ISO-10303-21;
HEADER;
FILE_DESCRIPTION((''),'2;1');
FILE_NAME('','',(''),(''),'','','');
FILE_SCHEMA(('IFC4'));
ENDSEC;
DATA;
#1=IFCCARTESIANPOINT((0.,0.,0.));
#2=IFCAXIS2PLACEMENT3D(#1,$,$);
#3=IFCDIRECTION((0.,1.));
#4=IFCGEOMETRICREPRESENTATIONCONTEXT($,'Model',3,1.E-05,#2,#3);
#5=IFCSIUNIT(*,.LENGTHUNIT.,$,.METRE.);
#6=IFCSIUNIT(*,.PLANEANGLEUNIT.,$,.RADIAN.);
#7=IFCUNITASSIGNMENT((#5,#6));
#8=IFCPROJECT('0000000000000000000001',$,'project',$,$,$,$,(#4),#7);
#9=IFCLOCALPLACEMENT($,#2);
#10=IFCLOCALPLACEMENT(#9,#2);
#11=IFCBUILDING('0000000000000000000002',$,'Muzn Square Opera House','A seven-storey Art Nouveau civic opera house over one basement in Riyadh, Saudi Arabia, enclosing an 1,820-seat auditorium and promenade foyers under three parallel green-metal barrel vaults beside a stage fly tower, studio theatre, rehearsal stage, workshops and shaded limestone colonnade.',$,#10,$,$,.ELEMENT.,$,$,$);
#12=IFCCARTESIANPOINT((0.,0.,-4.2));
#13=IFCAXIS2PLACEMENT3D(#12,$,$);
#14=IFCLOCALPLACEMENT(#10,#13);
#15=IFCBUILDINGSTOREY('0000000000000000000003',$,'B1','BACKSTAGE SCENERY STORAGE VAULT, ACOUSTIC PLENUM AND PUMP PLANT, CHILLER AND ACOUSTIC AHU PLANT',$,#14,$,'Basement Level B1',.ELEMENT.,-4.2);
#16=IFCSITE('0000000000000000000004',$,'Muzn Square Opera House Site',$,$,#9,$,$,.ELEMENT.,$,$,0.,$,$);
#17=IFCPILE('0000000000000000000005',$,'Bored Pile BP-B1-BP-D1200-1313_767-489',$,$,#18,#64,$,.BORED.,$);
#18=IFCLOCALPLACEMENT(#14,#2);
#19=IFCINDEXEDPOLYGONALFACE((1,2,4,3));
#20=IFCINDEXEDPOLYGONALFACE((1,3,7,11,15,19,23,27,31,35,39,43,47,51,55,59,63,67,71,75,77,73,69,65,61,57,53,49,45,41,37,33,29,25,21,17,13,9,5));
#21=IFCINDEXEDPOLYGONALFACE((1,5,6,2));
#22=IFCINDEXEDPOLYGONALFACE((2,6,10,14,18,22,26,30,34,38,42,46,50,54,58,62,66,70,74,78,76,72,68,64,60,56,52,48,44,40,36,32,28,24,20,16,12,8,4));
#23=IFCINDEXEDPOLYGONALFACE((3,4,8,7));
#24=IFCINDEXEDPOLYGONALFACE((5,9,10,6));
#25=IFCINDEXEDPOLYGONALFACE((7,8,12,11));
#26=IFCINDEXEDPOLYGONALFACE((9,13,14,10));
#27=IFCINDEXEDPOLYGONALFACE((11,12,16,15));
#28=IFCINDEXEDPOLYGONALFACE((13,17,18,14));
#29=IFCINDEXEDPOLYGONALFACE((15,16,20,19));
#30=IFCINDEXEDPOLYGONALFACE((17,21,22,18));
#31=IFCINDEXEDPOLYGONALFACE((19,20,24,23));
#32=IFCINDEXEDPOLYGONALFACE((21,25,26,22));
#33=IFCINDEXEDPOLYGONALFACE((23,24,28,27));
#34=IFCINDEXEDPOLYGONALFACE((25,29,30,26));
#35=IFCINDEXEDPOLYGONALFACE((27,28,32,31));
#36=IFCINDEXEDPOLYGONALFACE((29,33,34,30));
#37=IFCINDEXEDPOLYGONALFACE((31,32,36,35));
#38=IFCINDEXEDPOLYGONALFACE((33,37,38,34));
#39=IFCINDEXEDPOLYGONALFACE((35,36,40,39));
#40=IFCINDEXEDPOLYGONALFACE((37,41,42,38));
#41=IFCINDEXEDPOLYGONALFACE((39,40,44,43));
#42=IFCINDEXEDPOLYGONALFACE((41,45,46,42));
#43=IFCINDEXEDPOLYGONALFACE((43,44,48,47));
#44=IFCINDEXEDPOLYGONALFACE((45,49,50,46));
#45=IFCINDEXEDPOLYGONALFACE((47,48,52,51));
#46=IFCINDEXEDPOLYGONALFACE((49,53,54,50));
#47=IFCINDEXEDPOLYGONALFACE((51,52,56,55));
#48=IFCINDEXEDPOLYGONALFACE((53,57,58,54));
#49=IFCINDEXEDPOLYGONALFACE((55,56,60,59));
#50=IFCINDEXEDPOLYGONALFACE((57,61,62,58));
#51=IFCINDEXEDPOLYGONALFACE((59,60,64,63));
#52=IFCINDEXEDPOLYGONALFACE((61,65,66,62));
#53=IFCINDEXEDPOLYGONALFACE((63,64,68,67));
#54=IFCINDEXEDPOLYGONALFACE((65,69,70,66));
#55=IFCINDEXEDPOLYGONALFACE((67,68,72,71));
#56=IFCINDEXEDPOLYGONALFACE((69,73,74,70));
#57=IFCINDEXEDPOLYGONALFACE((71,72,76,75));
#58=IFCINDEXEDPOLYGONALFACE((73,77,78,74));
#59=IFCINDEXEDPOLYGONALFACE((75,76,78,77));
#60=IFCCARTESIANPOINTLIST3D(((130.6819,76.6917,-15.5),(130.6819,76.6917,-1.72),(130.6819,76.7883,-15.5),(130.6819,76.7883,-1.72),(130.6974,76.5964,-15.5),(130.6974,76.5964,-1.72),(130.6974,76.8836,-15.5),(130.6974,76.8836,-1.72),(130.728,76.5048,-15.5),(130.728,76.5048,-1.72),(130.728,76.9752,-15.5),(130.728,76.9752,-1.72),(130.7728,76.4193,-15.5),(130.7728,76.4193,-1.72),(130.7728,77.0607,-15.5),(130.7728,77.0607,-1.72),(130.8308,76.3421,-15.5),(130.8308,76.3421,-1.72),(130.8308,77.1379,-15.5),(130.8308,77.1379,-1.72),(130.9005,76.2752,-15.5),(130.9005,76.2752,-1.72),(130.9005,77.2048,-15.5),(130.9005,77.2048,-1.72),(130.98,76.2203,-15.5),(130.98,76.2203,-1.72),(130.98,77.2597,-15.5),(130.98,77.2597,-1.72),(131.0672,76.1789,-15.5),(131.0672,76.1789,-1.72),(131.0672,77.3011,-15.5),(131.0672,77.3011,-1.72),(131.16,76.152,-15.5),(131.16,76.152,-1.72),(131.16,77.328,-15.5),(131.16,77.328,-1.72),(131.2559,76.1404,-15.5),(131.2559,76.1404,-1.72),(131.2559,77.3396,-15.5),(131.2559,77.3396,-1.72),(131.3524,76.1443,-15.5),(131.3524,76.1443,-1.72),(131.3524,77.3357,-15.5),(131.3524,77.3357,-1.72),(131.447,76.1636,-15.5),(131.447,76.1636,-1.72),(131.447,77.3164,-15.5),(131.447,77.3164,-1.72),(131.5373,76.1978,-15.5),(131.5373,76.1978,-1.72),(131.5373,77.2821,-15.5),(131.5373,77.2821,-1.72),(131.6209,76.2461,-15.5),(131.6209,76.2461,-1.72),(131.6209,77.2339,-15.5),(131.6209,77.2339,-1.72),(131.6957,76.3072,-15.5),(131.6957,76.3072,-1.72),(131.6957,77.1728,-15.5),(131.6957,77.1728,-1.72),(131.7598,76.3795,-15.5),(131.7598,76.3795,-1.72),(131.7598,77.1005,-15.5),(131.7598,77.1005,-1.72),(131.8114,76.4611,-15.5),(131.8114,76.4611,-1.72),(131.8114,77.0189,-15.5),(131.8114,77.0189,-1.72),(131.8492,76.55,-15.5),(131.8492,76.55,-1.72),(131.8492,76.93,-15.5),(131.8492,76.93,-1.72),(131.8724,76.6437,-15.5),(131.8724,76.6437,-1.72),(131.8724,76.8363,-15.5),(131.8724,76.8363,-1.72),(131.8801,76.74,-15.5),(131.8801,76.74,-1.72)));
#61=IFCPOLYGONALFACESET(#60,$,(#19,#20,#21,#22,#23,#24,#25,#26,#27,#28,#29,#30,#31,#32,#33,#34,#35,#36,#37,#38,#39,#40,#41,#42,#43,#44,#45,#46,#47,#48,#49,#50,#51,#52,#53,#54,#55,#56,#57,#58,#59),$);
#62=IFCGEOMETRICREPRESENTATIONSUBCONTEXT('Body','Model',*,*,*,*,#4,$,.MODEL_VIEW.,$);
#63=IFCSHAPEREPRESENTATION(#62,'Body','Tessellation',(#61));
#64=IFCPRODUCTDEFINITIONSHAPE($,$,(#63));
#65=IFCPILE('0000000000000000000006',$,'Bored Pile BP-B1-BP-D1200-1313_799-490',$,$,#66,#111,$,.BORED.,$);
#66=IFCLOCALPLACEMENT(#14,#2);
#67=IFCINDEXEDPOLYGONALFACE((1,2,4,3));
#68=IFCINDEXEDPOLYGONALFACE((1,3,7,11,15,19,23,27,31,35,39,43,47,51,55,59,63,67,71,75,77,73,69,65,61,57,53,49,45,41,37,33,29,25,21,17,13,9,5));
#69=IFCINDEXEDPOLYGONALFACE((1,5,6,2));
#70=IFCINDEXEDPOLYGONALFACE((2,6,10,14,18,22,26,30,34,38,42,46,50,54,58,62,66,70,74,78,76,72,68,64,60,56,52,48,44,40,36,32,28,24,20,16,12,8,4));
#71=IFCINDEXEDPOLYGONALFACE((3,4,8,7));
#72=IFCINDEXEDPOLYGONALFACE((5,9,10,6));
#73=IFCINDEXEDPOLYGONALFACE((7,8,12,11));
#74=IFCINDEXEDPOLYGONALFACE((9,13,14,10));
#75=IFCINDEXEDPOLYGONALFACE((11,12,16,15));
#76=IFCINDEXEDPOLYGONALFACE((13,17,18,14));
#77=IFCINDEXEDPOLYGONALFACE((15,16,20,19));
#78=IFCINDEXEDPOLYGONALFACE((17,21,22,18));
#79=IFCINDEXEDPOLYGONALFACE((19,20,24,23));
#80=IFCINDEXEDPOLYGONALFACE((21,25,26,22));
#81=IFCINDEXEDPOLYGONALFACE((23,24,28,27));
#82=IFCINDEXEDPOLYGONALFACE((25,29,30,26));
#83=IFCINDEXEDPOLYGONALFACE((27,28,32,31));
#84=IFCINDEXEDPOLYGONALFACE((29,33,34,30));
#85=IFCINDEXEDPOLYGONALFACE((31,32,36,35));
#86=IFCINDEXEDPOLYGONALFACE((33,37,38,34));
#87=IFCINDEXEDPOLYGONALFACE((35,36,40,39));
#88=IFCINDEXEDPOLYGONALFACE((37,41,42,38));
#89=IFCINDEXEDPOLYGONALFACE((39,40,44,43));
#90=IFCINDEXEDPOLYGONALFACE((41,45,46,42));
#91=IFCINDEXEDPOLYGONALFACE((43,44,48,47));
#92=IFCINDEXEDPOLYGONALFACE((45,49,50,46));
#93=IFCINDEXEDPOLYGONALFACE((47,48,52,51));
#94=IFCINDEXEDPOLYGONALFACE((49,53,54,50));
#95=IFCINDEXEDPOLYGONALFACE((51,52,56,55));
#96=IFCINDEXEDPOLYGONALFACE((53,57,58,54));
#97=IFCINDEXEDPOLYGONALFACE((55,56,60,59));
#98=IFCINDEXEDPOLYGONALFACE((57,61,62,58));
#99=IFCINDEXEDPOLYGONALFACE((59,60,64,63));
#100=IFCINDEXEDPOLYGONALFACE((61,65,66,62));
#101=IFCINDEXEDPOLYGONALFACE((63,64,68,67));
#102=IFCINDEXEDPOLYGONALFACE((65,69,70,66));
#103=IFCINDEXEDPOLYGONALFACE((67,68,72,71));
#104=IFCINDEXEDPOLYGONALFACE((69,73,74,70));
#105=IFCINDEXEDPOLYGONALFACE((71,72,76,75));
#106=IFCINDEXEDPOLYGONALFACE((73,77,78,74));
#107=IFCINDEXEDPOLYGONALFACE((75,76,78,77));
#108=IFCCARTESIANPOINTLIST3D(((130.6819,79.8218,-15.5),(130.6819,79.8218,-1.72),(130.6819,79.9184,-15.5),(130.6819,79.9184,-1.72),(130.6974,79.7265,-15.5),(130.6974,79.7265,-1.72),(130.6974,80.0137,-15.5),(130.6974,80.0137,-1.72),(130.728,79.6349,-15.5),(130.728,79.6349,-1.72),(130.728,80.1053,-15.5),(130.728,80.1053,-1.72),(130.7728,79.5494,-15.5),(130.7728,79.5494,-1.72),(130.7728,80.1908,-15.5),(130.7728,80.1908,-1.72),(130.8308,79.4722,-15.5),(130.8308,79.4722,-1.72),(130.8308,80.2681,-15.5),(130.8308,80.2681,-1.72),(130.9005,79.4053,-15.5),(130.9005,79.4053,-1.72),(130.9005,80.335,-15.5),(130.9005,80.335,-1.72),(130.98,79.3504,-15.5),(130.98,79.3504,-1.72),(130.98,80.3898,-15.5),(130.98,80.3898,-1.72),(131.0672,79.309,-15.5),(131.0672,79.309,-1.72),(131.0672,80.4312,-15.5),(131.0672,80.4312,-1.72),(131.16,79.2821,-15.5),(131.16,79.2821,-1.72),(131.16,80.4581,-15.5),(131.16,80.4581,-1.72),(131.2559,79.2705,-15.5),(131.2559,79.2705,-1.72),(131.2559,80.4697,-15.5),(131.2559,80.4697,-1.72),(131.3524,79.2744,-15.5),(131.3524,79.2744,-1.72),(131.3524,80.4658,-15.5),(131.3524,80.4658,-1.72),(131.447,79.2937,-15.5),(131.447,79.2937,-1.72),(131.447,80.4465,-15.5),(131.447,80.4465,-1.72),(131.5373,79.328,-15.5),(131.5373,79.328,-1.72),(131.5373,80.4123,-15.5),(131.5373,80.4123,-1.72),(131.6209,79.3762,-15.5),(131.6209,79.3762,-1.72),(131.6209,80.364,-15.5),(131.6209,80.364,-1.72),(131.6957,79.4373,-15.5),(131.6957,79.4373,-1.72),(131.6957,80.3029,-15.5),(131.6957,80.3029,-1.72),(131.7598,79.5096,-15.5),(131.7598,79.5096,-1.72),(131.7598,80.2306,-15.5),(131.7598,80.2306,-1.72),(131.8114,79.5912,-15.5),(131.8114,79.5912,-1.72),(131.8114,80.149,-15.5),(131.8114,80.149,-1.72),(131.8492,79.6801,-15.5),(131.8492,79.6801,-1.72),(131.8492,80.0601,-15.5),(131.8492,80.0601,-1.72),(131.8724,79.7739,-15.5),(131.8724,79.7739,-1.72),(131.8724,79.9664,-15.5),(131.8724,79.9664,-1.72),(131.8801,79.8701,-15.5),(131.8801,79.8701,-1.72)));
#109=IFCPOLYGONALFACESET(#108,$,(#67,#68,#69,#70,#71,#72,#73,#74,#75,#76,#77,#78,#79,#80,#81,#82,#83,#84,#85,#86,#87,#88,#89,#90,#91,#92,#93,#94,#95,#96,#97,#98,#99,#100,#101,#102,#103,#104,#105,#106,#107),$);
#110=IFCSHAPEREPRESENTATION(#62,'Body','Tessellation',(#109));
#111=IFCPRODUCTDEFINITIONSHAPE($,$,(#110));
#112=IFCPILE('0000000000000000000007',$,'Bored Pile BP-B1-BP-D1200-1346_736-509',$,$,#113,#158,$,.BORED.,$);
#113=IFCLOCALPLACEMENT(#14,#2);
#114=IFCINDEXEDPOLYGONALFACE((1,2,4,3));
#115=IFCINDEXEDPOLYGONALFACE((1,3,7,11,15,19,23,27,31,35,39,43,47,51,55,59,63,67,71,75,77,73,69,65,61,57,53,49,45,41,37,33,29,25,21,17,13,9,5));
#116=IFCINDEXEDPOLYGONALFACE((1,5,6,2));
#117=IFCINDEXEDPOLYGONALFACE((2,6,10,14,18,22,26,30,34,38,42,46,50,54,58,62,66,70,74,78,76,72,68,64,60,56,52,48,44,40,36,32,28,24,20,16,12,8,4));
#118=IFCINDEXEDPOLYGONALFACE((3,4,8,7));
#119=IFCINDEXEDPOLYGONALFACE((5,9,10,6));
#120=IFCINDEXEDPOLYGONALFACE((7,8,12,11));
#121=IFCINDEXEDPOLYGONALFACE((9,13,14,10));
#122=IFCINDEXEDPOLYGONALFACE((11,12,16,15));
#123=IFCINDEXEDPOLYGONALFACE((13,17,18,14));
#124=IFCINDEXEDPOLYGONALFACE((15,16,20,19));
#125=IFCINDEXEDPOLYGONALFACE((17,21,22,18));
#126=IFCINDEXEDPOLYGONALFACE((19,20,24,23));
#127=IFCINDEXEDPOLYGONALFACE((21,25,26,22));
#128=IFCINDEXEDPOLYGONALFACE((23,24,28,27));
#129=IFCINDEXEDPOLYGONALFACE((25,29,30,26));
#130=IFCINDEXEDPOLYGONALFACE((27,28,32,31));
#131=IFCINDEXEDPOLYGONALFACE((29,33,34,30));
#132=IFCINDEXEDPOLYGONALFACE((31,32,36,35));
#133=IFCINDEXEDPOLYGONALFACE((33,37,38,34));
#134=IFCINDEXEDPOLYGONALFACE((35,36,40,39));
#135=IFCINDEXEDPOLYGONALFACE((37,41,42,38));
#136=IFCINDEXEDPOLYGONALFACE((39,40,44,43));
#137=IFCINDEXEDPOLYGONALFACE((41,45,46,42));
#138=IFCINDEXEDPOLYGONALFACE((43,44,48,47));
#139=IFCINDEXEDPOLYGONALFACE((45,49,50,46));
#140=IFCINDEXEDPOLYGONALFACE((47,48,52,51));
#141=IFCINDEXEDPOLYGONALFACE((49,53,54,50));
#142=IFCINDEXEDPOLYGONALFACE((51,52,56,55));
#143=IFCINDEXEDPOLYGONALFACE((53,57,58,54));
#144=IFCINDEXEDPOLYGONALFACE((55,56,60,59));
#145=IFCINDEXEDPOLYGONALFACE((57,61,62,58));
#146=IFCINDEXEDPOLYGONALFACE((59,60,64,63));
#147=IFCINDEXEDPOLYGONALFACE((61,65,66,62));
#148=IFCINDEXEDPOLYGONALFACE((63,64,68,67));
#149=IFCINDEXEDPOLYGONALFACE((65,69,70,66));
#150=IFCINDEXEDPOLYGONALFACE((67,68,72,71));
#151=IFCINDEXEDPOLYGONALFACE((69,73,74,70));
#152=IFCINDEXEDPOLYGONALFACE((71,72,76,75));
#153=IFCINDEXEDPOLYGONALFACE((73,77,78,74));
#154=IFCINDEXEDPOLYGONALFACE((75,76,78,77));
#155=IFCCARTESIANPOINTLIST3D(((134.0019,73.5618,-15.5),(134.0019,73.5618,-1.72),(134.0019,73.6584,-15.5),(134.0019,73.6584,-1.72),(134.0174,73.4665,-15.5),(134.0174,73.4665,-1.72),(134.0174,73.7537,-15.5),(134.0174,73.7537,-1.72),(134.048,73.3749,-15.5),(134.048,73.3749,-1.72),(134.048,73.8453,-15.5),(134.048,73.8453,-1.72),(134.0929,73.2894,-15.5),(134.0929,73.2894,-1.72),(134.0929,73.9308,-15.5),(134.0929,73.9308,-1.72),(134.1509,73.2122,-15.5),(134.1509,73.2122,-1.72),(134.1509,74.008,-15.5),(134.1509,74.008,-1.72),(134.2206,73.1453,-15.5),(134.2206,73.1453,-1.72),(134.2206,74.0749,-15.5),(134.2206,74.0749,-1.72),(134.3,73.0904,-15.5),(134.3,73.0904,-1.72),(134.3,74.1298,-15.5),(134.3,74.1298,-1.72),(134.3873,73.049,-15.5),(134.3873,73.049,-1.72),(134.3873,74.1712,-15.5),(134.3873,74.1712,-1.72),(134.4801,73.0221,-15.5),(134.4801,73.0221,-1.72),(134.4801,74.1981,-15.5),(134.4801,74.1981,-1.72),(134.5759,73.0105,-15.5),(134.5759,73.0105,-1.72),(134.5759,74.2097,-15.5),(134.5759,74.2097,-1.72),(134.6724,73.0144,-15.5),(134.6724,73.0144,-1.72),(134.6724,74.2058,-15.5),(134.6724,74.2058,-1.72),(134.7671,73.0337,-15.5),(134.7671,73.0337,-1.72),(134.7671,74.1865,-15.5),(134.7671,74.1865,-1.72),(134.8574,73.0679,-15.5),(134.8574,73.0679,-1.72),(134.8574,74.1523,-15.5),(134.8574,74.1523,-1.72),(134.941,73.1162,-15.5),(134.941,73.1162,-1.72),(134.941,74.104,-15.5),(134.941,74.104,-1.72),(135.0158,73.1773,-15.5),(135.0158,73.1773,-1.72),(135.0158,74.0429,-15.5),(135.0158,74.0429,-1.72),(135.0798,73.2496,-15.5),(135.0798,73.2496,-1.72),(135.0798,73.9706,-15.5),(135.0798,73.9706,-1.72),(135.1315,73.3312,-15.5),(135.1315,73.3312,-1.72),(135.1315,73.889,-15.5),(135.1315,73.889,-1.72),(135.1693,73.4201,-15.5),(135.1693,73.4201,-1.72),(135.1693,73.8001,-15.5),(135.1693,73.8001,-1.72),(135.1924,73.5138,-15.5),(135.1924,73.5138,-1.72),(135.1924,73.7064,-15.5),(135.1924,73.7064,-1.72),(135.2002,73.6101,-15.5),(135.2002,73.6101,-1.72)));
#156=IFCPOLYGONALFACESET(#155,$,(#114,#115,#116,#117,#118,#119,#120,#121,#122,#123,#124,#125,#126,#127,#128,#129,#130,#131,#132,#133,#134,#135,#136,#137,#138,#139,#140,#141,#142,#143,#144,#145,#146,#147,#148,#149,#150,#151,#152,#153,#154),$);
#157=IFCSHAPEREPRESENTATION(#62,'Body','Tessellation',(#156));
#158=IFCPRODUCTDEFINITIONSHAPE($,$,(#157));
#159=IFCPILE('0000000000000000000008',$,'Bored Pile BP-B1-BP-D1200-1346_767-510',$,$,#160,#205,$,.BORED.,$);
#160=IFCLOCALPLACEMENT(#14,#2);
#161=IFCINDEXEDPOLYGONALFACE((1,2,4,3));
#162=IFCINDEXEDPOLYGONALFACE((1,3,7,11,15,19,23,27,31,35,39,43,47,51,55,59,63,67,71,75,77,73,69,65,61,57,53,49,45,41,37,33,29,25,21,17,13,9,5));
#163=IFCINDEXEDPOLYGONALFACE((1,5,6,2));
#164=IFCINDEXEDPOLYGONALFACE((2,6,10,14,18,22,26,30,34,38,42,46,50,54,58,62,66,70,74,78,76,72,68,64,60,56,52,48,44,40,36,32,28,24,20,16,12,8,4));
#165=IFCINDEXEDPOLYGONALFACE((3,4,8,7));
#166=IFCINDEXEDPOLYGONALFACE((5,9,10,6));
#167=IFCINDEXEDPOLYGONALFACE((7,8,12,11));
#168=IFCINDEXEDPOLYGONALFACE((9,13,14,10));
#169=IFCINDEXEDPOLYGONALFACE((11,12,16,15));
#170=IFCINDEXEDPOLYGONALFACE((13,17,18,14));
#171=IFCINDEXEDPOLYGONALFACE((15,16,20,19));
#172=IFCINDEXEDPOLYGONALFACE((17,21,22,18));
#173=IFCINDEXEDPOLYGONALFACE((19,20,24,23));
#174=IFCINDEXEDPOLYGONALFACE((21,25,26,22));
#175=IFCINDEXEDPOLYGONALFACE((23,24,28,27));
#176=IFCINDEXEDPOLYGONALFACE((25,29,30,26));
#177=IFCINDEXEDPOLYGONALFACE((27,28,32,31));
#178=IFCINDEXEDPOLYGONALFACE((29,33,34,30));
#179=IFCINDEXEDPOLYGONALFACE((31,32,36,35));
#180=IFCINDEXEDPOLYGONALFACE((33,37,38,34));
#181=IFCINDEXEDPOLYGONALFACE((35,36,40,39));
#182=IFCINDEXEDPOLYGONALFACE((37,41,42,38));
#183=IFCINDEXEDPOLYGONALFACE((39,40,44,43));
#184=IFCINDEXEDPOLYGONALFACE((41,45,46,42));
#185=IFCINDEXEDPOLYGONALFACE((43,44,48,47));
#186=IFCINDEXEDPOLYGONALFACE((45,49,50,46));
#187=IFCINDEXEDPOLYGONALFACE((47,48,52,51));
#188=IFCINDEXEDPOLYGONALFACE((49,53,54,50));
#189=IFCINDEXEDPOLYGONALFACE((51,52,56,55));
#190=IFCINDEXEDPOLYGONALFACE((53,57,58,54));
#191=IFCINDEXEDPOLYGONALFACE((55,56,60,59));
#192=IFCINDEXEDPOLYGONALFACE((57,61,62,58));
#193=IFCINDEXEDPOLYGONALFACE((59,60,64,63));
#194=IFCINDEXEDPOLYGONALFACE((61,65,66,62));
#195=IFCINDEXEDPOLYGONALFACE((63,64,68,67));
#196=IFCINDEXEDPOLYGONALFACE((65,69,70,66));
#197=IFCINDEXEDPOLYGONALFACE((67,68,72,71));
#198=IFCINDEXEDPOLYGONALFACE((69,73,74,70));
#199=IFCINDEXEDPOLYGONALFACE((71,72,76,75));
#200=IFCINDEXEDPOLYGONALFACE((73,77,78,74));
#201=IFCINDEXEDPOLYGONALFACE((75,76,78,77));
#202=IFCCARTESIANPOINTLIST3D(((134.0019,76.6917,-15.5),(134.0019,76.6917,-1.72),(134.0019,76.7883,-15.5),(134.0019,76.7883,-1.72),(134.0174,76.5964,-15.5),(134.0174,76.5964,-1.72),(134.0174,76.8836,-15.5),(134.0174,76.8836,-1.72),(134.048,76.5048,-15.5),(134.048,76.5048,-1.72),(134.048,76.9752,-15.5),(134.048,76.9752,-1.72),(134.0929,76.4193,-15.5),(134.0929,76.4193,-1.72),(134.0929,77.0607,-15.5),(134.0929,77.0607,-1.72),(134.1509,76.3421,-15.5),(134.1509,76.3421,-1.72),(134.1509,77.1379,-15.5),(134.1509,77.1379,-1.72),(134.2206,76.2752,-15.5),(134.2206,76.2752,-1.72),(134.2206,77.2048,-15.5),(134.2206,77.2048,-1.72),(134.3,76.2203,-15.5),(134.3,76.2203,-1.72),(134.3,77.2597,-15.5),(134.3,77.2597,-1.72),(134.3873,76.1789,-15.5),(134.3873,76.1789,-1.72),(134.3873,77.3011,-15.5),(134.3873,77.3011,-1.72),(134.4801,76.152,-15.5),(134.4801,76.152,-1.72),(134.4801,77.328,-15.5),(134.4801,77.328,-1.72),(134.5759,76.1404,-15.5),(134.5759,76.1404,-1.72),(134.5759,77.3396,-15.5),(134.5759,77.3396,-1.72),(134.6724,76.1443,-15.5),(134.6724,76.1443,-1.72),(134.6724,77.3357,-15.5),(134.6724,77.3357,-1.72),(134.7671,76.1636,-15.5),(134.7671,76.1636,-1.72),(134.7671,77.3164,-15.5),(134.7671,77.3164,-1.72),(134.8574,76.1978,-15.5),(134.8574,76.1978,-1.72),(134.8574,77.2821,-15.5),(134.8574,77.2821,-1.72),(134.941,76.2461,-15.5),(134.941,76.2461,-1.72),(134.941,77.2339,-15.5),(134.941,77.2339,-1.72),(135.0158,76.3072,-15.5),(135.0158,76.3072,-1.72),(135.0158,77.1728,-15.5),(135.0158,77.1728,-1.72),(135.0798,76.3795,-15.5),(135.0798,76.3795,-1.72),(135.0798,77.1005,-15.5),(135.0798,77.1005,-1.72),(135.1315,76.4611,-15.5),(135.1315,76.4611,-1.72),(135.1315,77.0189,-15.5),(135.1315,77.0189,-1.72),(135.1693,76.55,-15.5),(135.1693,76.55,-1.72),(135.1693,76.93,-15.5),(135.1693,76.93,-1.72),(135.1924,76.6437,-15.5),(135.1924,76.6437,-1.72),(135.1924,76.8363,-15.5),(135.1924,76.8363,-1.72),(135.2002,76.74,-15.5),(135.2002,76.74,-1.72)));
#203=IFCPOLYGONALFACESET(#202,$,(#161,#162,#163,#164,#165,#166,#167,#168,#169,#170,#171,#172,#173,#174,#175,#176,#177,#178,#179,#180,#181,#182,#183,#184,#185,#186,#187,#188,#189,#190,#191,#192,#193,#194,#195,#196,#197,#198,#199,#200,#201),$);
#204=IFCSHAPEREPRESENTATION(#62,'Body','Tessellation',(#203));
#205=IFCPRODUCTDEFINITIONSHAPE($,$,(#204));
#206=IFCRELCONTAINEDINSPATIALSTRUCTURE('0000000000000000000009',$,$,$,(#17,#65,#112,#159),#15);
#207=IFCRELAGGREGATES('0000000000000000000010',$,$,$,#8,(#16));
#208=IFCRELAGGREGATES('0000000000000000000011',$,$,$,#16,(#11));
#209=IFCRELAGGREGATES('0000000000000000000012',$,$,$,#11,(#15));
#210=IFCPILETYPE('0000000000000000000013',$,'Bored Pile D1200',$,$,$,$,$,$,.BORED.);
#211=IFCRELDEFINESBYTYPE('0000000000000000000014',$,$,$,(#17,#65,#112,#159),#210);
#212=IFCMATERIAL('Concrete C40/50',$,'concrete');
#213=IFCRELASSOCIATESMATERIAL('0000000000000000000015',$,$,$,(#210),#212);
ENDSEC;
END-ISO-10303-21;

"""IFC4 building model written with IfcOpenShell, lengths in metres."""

from ifc_helpers import new_model, si_unit, direction, frame, origin, origin_2d, place, context, subcontext, project, spatial, circle, extrude, material, material_profile, profile_set, type_object, element, save


model = new_model("IFC4")

# Units and contexts
model_context = context("Model", 3, precision=1e-05, world=origin(), true_north=direction((0.0, 1.0)))
body_context = subcontext(model_context, "Body", "Model", "MODEL_VIEW")
ifc_project = project(units=[si_unit("LENGTHUNIT", "METRE"), si_unit("PLANEANGLEUNIT", "RADIAN")], contexts=[model_context])

# Site, building, storey
site_placement = place(None, origin())
site = spatial("IfcSite", under=ifc_project, at=site_placement, Name="Muzn Square Opera House Site", CompositionType="ELEMENT", RefElevation=0.0)
building_placement = place(site_placement, origin())
building = spatial("IfcBuilding", under=site, at=building_placement, Name="Muzn Square Opera House", Description="A seven-storey Art Nouveau civic opera house over one basement in Riyadh, Saudi Arabia, enclosing an 1,820-seat auditorium and promenade foyers under three parallel green-metal barrel vaults beside a stage fly tower, studio theatre, rehearsal stage, workshops and shaded limestone colonnade.", CompositionType="ELEMENT")
storey_placement = place(building_placement, frame((0.0, 0.0, -4.2)))
storey = spatial("IfcBuildingStorey", under=building, at=storey_placement, Name="B1", Description="BACKSTAGE SCENERY STORAGE VAULT, ACOUSTIC PLENUM AND PUMP PLANT, CHILLER AND ACOUSTIC AHU PLANT", LongName="Basement Level B1", CompositionType="ELEMENT", Elevation=-4.2)

# Piles
ifc_material_1 = material(Name="Concrete C40/50", Category="concrete")
ifc_material_profile_1 = material_profile(ifc_material_1, circle(Radius=0.6001, at=origin_2d()), Name="BORED PILE D1200", Category="concrete")
ifc_profile_set_1 = profile_set([ifc_material_profile_1], Name="Concrete C40/50")
pile_type_1 = type_object("IfcPileType", Name="Bored Pile D1200", PredefinedType="BORED", material=ifc_profile_set_1)
for number, where, z_axis, x_axis, name in (
    (1, (131.28, 76.74, -1.72), (0.0, 0.0, -1.0), (1.0, 0.0, 0.0), "Bored Pile BP-B1-BP-D1200-1313_767-489"),
    (2, (131.28, 79.8701, -1.72), (0.0, 0.0, -1.0), (1.0, 0.0, 0.0), "Bored Pile BP-B1-BP-D1200-1313_799-490"),
    (3, (134.6001, 73.6101, -1.72), (0.0, 0.0, -1.0), (1.0, 0.0, 0.0), "Bored Pile BP-B1-BP-D1200-1346_736-509"),
    (4, (134.6001, 76.74, -1.72), (0.0, 0.0, -1.0), (1.0, 0.0, 0.0), "Bored Pile BP-B1-BP-D1200-1346_767-510"),
):
    element("IfcPile", number, at=place(storey_placement, frame(where, z_axis=z_axis, x_axis=x_axis)), inside=storey, type_object=pile_type_1, Name=name, PredefinedType="BORED", context=body_context, shape_type="SweptSolid", body=[
        extrude(circle(Radius=0.6001, at=origin_2d()), origin(), (0.0, 0.0, 1.0), 13.78),
    ])

save(model, "model.ifc")
